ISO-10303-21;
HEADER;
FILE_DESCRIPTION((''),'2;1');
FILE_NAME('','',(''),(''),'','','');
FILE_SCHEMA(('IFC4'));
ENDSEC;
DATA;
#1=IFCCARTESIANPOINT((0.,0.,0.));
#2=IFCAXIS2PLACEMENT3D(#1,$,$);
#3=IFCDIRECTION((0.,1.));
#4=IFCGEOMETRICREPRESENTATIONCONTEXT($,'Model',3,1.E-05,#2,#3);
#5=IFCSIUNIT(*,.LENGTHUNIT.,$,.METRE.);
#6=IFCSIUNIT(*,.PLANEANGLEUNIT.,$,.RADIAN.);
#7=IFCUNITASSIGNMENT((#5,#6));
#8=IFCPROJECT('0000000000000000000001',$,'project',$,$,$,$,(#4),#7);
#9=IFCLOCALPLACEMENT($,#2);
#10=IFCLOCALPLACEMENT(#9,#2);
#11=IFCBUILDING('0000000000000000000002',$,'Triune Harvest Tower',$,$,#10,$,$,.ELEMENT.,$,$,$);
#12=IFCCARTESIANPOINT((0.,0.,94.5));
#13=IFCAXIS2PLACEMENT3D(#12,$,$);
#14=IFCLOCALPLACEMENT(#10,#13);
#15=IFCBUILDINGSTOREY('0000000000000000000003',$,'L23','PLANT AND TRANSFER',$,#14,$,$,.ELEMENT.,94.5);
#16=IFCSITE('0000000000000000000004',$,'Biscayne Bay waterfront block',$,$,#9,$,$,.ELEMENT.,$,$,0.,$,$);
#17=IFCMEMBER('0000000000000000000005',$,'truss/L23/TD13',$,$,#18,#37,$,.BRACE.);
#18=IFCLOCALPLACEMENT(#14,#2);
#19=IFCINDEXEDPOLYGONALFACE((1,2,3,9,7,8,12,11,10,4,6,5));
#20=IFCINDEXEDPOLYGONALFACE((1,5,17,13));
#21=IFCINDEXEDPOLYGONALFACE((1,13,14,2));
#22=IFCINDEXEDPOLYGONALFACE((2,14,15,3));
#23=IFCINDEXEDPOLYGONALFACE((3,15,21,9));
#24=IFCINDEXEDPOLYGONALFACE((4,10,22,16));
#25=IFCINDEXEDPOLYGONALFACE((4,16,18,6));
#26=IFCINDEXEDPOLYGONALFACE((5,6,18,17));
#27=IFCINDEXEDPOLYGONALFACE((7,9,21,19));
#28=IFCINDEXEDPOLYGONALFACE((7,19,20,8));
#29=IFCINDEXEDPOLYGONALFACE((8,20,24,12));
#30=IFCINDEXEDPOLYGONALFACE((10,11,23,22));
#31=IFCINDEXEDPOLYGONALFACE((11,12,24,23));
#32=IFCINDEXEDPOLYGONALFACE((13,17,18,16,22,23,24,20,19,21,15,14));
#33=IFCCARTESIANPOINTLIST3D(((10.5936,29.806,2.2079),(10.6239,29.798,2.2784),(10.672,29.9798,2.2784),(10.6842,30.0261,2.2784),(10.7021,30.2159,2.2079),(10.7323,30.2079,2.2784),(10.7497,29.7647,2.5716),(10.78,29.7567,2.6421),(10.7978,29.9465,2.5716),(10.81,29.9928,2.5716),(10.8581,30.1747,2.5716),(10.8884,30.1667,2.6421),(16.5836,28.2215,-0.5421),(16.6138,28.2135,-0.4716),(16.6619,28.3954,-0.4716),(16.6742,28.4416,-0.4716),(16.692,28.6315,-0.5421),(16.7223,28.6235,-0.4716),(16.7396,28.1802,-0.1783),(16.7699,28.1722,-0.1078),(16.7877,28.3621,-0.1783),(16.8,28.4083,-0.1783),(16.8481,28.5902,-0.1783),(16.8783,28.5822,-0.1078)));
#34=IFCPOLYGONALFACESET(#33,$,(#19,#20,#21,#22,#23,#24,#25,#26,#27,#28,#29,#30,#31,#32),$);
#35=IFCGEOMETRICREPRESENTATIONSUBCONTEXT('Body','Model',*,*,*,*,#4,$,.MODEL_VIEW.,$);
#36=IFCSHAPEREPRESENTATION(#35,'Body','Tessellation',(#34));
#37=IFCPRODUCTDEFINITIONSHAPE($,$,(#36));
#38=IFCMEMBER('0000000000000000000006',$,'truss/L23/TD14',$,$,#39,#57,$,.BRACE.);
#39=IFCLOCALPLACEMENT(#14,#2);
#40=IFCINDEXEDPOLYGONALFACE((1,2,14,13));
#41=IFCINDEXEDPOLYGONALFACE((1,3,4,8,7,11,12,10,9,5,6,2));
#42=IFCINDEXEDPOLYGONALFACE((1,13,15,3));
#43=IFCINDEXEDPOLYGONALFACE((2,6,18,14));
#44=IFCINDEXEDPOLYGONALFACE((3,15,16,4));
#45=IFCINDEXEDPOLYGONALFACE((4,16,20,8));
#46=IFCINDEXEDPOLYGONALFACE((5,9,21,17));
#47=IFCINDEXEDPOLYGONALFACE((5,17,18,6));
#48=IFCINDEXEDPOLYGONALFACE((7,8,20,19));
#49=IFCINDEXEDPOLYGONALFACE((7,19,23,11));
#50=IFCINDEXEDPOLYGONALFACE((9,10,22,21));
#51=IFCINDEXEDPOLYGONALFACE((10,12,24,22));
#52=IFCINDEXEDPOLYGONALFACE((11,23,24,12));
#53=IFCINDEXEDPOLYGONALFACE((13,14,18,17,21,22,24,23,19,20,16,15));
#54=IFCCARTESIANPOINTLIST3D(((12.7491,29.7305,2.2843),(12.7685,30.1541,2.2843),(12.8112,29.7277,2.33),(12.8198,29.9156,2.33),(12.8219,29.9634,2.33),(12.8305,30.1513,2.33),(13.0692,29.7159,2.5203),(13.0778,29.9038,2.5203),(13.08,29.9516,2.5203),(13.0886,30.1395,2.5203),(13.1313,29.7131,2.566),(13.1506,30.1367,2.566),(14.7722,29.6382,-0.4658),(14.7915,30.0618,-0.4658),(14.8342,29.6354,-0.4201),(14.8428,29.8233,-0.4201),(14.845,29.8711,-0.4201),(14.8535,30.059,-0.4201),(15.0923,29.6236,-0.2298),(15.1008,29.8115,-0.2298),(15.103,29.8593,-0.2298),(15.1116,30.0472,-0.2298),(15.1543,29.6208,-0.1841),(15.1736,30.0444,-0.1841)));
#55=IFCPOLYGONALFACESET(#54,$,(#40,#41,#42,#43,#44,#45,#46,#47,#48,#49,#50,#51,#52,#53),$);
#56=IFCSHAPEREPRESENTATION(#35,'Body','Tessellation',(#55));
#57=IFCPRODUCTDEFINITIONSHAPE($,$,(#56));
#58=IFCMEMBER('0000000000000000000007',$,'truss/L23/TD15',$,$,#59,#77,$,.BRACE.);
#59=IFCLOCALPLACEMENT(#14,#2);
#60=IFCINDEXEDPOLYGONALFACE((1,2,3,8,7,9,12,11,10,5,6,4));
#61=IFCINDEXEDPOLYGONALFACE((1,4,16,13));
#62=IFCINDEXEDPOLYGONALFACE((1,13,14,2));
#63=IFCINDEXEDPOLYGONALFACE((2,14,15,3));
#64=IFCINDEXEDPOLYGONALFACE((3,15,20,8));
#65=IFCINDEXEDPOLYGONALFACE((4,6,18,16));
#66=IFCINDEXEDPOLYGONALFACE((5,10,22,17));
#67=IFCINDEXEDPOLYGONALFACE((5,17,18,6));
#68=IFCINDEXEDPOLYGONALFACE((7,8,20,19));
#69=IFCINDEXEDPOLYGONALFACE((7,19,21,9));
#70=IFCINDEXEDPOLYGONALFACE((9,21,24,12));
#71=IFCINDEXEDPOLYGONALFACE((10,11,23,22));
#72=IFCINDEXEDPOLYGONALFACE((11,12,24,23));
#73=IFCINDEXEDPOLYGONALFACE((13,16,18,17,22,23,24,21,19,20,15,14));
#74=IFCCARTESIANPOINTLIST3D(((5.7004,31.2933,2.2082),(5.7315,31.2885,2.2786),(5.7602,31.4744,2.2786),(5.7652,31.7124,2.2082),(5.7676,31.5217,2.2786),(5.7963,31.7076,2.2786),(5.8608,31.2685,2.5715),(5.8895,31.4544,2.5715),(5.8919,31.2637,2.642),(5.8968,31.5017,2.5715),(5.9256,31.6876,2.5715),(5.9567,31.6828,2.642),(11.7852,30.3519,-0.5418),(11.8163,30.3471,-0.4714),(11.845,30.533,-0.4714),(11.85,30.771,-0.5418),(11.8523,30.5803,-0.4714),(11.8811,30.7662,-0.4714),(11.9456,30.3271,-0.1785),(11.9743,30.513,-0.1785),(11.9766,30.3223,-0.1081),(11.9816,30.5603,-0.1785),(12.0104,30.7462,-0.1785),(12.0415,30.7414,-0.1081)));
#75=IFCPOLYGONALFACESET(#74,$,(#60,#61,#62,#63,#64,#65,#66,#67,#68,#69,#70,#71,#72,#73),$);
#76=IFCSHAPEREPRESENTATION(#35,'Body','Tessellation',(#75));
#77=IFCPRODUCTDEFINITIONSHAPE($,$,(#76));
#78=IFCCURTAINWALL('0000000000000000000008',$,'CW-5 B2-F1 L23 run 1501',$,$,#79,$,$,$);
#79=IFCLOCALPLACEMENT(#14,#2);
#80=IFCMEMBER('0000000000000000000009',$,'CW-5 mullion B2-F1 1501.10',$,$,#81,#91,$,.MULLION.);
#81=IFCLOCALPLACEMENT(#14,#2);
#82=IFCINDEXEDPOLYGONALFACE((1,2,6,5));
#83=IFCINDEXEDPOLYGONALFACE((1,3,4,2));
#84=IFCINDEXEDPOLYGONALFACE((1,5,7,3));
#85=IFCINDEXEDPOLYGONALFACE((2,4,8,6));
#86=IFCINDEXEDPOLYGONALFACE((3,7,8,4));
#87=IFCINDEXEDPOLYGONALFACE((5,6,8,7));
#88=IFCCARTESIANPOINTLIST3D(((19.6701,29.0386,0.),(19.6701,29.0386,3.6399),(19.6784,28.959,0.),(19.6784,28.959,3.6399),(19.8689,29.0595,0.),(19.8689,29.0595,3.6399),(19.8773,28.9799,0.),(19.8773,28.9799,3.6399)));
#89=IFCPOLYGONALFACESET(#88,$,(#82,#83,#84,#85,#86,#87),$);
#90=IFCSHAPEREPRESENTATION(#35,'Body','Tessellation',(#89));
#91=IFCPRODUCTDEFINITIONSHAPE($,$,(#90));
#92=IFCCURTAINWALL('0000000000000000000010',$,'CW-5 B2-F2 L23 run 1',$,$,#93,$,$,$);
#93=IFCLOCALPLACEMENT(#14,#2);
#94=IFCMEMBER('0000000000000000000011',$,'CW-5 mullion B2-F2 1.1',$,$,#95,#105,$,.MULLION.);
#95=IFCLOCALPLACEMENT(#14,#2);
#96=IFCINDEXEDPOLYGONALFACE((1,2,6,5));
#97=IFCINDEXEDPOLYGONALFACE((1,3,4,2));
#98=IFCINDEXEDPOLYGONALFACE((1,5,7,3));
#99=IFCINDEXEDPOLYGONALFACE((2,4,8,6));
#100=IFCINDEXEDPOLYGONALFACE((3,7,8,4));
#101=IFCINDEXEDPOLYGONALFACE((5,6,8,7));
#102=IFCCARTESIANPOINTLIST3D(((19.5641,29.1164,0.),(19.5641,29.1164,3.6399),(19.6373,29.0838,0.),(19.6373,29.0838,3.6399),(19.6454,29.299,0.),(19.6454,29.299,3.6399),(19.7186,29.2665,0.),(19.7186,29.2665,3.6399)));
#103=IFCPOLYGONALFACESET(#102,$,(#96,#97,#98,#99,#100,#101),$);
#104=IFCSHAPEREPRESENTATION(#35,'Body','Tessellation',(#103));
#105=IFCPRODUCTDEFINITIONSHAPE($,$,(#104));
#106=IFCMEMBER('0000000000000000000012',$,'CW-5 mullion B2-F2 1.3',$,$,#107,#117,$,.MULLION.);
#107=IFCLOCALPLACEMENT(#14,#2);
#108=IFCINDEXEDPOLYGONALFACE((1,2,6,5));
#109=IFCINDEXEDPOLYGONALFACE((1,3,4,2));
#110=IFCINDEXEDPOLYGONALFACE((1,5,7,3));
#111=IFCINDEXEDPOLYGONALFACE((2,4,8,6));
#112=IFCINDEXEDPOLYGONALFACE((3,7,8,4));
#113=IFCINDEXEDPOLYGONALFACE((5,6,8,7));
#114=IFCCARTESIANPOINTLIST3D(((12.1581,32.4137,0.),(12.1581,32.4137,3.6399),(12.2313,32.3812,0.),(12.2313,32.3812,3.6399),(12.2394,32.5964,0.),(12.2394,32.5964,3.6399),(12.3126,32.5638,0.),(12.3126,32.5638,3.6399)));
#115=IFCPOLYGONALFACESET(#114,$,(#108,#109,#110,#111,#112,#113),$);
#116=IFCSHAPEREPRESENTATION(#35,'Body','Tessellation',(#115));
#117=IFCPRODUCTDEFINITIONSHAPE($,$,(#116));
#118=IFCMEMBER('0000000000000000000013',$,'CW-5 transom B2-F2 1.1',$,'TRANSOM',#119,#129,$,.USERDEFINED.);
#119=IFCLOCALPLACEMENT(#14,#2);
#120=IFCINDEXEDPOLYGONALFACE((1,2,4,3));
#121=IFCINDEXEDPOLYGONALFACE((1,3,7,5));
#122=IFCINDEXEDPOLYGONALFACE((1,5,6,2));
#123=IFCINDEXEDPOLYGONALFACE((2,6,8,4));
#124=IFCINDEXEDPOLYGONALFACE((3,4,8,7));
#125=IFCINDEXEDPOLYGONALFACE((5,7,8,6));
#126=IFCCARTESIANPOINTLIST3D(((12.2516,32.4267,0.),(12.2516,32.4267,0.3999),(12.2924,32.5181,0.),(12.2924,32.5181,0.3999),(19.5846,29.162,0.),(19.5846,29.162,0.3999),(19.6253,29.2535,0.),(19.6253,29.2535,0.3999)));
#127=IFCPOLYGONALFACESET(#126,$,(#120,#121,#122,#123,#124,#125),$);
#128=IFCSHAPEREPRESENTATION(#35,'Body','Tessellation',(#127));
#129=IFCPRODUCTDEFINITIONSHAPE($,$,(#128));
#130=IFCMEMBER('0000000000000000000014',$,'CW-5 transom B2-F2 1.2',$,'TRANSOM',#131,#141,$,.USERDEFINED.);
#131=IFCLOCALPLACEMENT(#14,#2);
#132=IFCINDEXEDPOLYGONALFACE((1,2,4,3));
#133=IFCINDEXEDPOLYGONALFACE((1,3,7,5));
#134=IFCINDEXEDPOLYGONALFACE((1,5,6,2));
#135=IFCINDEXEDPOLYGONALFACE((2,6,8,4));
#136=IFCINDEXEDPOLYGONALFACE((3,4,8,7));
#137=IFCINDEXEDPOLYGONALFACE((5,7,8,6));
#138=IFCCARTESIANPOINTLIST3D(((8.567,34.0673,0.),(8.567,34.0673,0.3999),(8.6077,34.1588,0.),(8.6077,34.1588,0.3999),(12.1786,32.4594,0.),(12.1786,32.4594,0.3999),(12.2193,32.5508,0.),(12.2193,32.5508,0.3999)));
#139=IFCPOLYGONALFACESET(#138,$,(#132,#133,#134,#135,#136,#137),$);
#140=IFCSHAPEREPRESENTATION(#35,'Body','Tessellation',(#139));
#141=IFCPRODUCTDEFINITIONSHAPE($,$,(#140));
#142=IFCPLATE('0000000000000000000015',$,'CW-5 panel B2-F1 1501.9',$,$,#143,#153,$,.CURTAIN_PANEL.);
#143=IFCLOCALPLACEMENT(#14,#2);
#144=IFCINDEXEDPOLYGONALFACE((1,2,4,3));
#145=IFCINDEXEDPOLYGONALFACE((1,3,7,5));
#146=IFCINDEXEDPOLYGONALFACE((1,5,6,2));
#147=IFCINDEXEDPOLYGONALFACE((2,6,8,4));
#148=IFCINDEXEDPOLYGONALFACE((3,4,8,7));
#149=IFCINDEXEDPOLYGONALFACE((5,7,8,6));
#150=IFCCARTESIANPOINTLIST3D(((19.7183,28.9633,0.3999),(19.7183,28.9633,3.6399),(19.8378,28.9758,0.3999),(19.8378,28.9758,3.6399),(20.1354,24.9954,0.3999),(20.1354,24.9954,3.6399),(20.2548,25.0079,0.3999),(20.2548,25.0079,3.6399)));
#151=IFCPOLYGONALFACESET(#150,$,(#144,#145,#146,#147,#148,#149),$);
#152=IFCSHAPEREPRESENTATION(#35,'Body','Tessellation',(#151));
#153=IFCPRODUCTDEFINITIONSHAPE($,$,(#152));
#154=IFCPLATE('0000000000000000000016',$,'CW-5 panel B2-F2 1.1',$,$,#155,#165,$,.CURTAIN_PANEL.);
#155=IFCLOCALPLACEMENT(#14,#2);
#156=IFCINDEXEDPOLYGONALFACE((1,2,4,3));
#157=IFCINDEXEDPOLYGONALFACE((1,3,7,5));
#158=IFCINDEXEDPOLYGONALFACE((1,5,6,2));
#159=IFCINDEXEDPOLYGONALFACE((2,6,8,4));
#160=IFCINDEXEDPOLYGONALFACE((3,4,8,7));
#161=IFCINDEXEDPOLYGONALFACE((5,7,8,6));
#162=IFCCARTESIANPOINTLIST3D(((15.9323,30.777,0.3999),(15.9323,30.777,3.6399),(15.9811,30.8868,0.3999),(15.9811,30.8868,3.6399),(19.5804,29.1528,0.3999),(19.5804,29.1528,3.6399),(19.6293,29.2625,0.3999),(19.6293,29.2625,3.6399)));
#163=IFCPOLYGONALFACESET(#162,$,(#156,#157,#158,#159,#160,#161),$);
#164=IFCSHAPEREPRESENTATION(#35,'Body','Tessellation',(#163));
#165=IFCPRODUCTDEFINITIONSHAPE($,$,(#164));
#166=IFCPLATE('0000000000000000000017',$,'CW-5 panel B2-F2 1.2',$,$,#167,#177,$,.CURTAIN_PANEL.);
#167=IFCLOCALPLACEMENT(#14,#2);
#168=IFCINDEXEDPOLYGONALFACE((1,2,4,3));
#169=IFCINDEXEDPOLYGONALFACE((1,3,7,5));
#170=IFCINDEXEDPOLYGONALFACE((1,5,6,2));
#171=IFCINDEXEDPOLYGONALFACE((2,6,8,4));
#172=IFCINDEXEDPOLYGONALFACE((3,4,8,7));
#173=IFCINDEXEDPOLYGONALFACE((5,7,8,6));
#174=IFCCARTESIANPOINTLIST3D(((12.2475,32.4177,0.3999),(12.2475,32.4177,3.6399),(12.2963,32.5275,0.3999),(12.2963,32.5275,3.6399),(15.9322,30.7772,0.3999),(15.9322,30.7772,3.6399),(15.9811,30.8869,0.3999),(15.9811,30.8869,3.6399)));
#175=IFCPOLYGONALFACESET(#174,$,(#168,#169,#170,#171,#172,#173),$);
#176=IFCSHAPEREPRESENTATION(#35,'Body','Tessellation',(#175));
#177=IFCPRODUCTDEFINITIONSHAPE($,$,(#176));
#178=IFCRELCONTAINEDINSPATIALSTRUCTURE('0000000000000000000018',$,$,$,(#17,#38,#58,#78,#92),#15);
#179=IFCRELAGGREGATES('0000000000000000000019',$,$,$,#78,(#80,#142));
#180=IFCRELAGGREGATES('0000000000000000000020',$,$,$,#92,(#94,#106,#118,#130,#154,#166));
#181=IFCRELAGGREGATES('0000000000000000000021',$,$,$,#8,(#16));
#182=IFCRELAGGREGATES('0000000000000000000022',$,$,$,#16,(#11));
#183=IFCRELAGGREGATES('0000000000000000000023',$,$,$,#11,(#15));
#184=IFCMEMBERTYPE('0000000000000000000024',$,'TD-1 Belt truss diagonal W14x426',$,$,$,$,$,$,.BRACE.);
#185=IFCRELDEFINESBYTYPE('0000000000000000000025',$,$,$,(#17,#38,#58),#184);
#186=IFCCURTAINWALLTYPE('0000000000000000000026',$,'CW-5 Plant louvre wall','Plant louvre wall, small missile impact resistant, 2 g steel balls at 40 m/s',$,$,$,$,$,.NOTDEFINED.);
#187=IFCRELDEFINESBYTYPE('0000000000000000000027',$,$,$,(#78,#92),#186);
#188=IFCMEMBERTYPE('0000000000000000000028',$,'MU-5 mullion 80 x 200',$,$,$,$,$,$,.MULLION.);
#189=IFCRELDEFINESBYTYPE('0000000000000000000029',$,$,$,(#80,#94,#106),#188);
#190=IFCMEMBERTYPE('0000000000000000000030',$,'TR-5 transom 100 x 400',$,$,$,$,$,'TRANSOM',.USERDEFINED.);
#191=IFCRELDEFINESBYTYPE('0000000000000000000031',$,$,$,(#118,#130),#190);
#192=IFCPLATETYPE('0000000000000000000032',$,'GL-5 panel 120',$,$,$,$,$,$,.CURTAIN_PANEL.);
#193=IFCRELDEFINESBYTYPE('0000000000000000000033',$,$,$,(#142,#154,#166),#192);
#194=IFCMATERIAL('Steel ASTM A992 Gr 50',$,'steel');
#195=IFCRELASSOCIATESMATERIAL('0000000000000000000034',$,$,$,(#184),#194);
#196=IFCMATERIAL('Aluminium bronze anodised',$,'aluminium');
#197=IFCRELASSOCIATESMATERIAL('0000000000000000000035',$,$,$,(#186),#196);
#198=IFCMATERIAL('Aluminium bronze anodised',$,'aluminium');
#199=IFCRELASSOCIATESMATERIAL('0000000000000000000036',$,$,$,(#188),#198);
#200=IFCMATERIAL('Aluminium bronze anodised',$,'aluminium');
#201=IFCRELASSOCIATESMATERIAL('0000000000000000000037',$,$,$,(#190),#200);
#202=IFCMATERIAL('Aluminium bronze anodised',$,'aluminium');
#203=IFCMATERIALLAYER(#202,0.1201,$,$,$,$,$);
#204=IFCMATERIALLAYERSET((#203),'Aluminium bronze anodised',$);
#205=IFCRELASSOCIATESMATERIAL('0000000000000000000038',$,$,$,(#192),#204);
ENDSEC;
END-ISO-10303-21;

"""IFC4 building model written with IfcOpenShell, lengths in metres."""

from ifc_helpers import new_model, si_unit, direction, frame, origin, origin_2d, place, context, subcontext, project, spatial, rectangle, i_section, extrude, source, transform, mapped, material, layer, layer_set, material_profile, profile_set, type_object, element, aggregate, save


model = new_model("IFC4")

# Units and contexts
model_context = context("Model", 3, precision=1e-05, world=origin(), true_north=direction((0.0, 1.0)))
body_context = subcontext(model_context, "Body", "Model", "MODEL_VIEW")
ifc_project = project(units=[si_unit("LENGTHUNIT", "METRE"), si_unit("PLANEANGLEUNIT", "RADIAN")], contexts=[model_context])

# Site, building, storey
site_placement = place(None, origin())
site = spatial("IfcSite", under=ifc_project, at=site_placement, Name="Biscayne Bay waterfront block", CompositionType="ELEMENT", RefElevation=0.0)
building_placement = place(site_placement, origin())
building = spatial("IfcBuilding", under=site, at=building_placement, Name="Triune Harvest Tower", CompositionType="ELEMENT")
storey_placement = place(building_placement, frame((0.0, 0.0, 94.5)))
storey = spatial("IfcBuildingStorey", under=building, at=storey_placement, Name="L23", Description="PLANT AND TRANSFER", CompositionType="ELEMENT", Elevation=94.5)

# Members
ifc_material_1 = material(Name="Steel ASTM A992 Gr 50", Category="steel")
ifc_material_profile_1 = material_profile(ifc_material_1, i_section(OverallWidth=0.4241, OverallDepth=0.4751, WebThickness=0.0479, FlangeThickness=0.0771, at=origin_2d()), Name="W14x426")
ifc_profile_set_1 = profile_set([ifc_material_profile_1], Name="Steel ASTM A992 Gr 50")
member_type_1 = type_object("IfcMemberType", Name="TD-1 Belt truss diagonal W14x426", PredefinedType="BRACE", material=ifc_profile_set_1)
shared_shape_1 = source(origin(), body_context, "Body", "SweptSolid", [
    extrude(i_section(OverallWidth=0.4241, OverallDepth=0.4751, WebThickness=0.0479, FlangeThickness=0.0771, at=origin_2d()), origin(), (0.0, 0.0, 1.0), 6.7788),
])
member_1_placement = place(storey_placement, frame((16.731, 28.4019, -0.325), z_axis=(-0.883627, 0.233737, 0.405673), x_axis=(-0.255725, -0.96675, 0.0)))
element("IfcMember", 1, at=member_1_placement, inside=storey, type_object=member_type_1, Name="truss/L23/TD13", PredefinedType="BRACE", context=body_context, shape_type="MappedRepresentation", body=[
    mapped(shared_shape_1, transform((0.0, 0.0, 0.0), scale=1.0)),
])
shared_shape_2 = source(origin(), body_context, "Body", "SweptSolid", [
    extrude(i_section(OverallWidth=0.4241, OverallDepth=0.4751, WebThickness=0.0479, FlangeThickness=0.0771, at=origin_2d()), origin(), (0.0, 0.0, 1.0), 3.4153),
])
member_2_placement = place(storey_placement, frame((14.9729, 29.8413, -0.325), z_axis=(-0.592343, 0.027022, 0.805232), x_axis=(-0.045572, -0.998961, 0.0)))
element("IfcMember", 2, at=member_2_placement, inside=storey, type_object=member_type_1, Name="truss/L23/TD14", PredefinedType="BRACE", context=body_context, shape_type="MappedRepresentation", body=[
    mapped(shared_shape_2, transform((0.0, 0.0, 0.0), scale=1.0)),
])
shared_shape_3 = source(origin(), body_context, "Body", "SweptSolid", [
    extrude(i_section(OverallWidth=0.4241, OverallDepth=0.4751, WebThickness=0.0479, FlangeThickness=0.0771, at=origin_2d()), origin(), (0.0, 0.0, 1.0), 6.7434),
])
member_3_placement = place(storey_placement, frame((11.9133, 30.5466, -0.325), z_axis=(-0.902331, 0.139606, 0.40781), x_axis=(-0.152897, -0.988242, 0.0)))
element("IfcMember", 3, at=member_3_placement, inside=storey, type_object=member_type_1, Name="truss/L23/TD15", PredefinedType="BRACE", context=body_context, shape_type="MappedRepresentation", body=[
    mapped(shared_shape_3, transform((0.0, 0.0, 0.0), scale=1.0)),
])

# Curtain wall, member
ifc_material_2 = material(Name="Aluminium bronze anodised", Category="aluminium")
curtain_wall_type = type_object("IfcCurtainWallType", Name="CW-5 Plant louvre wall", Description="Plant louvre wall, small missile impact resistant, 2 g steel balls at 40 m/s", PredefinedType="NOTDEFINED", material=ifc_material_2)
curtain_wall_1_placement = place(storey_placement, origin())
curtain_wall_1 = element("IfcCurtainWall", 4, at=curtain_wall_1_placement, inside=storey, type_object=curtain_wall_type, Name="CW-5 B2-F1 L23 run 1501")
ifc_material_3 = material(Name="Aluminium bronze anodised", Category="aluminium")
ifc_material_profile_2 = material_profile(ifc_material_3, rectangle(XDim=0.2, YDim=0.0801, at=origin_2d()), Name="MU-5 mullion 80 x 200")
ifc_profile_set_2 = profile_set([ifc_material_profile_2], Name="Aluminium bronze anodised")
member_type_2 = type_object("IfcMemberType", Name="MU-5 mullion 80 x 200", PredefinedType="MULLION", material=ifc_profile_set_2)
shared_shape_4 = source(origin(), body_context, "Body", "SweptSolid", [
    extrude(rectangle(XDim=0.2, YDim=0.0801, at=origin_2d()), origin(), (0.0, 0.0, 1.0), 3.6399),
])
member_4_placement = place(storey_placement, frame((19.7737, 29.0093, 0.0), z_axis=(0.0, 0.0, 1.0), x_axis=(-0.994522, -0.104528, 0.0)))
member_4 = element("IfcMember", 5, at=member_4_placement, type_object=member_type_2, Name="CW-5 mullion B2-F1 1501.10", PredefinedType="MULLION", context=body_context, shape_type="MappedRepresentation", body=[
    mapped(shared_shape_4, transform((0.0, 0.0, 0.0), scale=1.0)),
])

# Curtain wall, members
curtain_wall_2_placement = place(storey_placement, origin())
curtain_wall_2 = element("IfcCurtainWall", 6, at=curtain_wall_2_placement, inside=storey, type_object=curtain_wall_type, Name="CW-5 B2-F2 L23 run 1")
member_5_placement = place(storey_placement, frame((19.6414, 29.1914, 0.0), z_axis=(0.0, 0.0, 1.0), x_axis=(-0.406734, -0.913547, 0.0)))
member_5 = element("IfcMember", 7, at=member_5_placement, type_object=member_type_2, Name="CW-5 mullion B2-F2 1.1", PredefinedType="MULLION", context=body_context, shape_type="MappedRepresentation", body=[
    mapped(shared_shape_4, transform((0.0, 0.0, 0.0), scale=1.0)),
])
member_6_placement = place(storey_placement, frame((12.2354, 32.4888, 0.0), z_axis=(0.0, 0.0, 1.0), x_axis=(-0.406734, -0.913547, 0.0)))
member_6 = element("IfcMember", 8, at=member_6_placement, type_object=member_type_2, Name="CW-5 mullion B2-F2 1.3", PredefinedType="MULLION", context=body_context, shape_type="MappedRepresentation", body=[
    mapped(shared_shape_4, transform((0.0, 0.0, 0.0), scale=1.0)),
])
ifc_material_4 = material(Name="Aluminium bronze anodised", Category="aluminium")
ifc_material_profile_3 = material_profile(ifc_material_4, rectangle(XDim=0.1001, YDim=0.3999, at=origin_2d()), Name="TR-5 transom 100 x 400")
ifc_profile_set_3 = profile_set([ifc_material_profile_3], Name="Aluminium bronze anodised")
member_type_3 = type_object("IfcMemberType", Name="TR-5 transom 100 x 400", ElementType="TRANSOM", PredefinedType="USERDEFINED", material=ifc_profile_set_3)
shared_shape_5 = source(origin(), body_context, "Body", "SweptSolid", [
    extrude(rectangle(XDim=0.1001, YDim=0.3999, at=origin_2d()), origin(), (0.0, 0.0, 1.0), 8.0269),
])
member_7_placement = place(storey_placement, frame((19.605, 29.2078, 0.2), z_axis=(-0.913556, 0.406714, 0.0), x_axis=(-0.406714, -0.913556, 0.0)))
member_7 = element("IfcMember", 9, at=member_7_placement, type_object=member_type_3, Name="CW-5 transom B2-F2 1.1", ObjectType="TRANSOM", PredefinedType="USERDEFINED", context=body_context, shape_type="MappedRepresentation", body=[
    mapped(shared_shape_5, transform((0.0, 0.0, 0.0), scale=1.0)),
])
shared_shape_6 = source(origin(), body_context, "Body", "SweptSolid", [
    extrude(rectangle(XDim=0.1001, YDim=0.3999, at=origin_2d()), origin(), (0.0, 0.0, 1.0), 3.9534),
])
member_8_placement = place(storey_placement, frame((12.199, 32.5051, 0.2), z_axis=(-0.913552, 0.406723, 0.0), x_axis=(-0.406723, -0.913552, 0.0)))
member_8 = element("IfcMember", 10, at=member_8_placement, type_object=member_type_3, Name="CW-5 transom B2-F2 1.2", ObjectType="TRANSOM", PredefinedType="USERDEFINED", context=body_context, shape_type="MappedRepresentation", body=[
    mapped(shared_shape_6, transform((0.0, 0.0, 0.0), scale=1.0)),
])

# Plates
ifc_material_5 = material(Name="Aluminium bronze anodised", Category="aluminium")
ifc_layer_1 = layer(ifc_material_5, 0.1201)
ifc_layer_set_1 = layer_set([ifc_layer_1], Name="Aluminium bronze anodised")
plate_type = type_object("IfcPlateType", Name="GL-5 panel 120", PredefinedType="CURTAIN_PANEL", material=ifc_layer_set_1)
shared_shape_7 = source(origin(), body_context, "Body", "SweptSolid", [
    extrude(rectangle(XDim=3.9897, YDim=0.1201, at=origin_2d()), origin(), (0.0, 0.0, 1.0), 3.24),
])
plate_1_placement = place(storey_placement, frame((19.9866, 26.9856, 0.3999), z_axis=(0.0, 0.0, 1.0), x_axis=(-0.104528, 0.994522, 0.0)))
plate_1 = element("IfcPlate", 11, at=plate_1_placement, type_object=plate_type, Name="CW-5 panel B2-F1 1501.9", PredefinedType="CURTAIN_PANEL", context=body_context, shape_type="MappedRepresentation", body=[
    mapped(shared_shape_7, transform((0.0, 0.0, 0.0), scale=1.0)),
])
aggregate(curtain_wall_1, [member_4, plate_1])
shared_shape_8 = source(origin(), body_context, "Body", "SweptSolid", [
    extrude(rectangle(XDim=3.9934, YDim=0.1201, at=origin_2d()), origin(), (0.0, 0.0, 1.0), 3.24),
])
plate_2_placement = place(storey_placement, frame((17.7808, 30.0198, 0.3999), z_axis=(0.0, 0.0, 1.0), x_axis=(-0.913547, 0.406734, 0.0)))
plate_2 = element("IfcPlate", 12, at=plate_2_placement, type_object=plate_type, Name="CW-5 panel B2-F2 1.1", PredefinedType="CURTAIN_PANEL", context=body_context, shape_type="MappedRepresentation", body=[
    mapped(shared_shape_8, transform((0.0, 0.0, 0.0), scale=1.0)),
])
shared_shape_9 = source(origin(), body_context, "Body", "SweptSolid", [
    extrude(rectangle(XDim=4.0334, YDim=0.1201, at=origin_2d()), origin(), (0.0, 0.0, 1.0), 3.24),
])
plate_3_placement = place(storey_placement, frame((14.1143, 31.6523, 0.3999), z_axis=(0.0, 0.0, 1.0), x_axis=(-0.913547, 0.406734, 0.0)))
plate_3 = element("IfcPlate", 13, at=plate_3_placement, type_object=plate_type, Name="CW-5 panel B2-F2 1.2", PredefinedType="CURTAIN_PANEL", context=body_context, shape_type="MappedRepresentation", body=[
    mapped(shared_shape_9, transform((0.0, 0.0, 0.0), scale=1.0)),
])
aggregate(curtain_wall_2, [member_5, member_6, member_7, member_8, plate_2, plate_3])

save(model, "model.ifc")
